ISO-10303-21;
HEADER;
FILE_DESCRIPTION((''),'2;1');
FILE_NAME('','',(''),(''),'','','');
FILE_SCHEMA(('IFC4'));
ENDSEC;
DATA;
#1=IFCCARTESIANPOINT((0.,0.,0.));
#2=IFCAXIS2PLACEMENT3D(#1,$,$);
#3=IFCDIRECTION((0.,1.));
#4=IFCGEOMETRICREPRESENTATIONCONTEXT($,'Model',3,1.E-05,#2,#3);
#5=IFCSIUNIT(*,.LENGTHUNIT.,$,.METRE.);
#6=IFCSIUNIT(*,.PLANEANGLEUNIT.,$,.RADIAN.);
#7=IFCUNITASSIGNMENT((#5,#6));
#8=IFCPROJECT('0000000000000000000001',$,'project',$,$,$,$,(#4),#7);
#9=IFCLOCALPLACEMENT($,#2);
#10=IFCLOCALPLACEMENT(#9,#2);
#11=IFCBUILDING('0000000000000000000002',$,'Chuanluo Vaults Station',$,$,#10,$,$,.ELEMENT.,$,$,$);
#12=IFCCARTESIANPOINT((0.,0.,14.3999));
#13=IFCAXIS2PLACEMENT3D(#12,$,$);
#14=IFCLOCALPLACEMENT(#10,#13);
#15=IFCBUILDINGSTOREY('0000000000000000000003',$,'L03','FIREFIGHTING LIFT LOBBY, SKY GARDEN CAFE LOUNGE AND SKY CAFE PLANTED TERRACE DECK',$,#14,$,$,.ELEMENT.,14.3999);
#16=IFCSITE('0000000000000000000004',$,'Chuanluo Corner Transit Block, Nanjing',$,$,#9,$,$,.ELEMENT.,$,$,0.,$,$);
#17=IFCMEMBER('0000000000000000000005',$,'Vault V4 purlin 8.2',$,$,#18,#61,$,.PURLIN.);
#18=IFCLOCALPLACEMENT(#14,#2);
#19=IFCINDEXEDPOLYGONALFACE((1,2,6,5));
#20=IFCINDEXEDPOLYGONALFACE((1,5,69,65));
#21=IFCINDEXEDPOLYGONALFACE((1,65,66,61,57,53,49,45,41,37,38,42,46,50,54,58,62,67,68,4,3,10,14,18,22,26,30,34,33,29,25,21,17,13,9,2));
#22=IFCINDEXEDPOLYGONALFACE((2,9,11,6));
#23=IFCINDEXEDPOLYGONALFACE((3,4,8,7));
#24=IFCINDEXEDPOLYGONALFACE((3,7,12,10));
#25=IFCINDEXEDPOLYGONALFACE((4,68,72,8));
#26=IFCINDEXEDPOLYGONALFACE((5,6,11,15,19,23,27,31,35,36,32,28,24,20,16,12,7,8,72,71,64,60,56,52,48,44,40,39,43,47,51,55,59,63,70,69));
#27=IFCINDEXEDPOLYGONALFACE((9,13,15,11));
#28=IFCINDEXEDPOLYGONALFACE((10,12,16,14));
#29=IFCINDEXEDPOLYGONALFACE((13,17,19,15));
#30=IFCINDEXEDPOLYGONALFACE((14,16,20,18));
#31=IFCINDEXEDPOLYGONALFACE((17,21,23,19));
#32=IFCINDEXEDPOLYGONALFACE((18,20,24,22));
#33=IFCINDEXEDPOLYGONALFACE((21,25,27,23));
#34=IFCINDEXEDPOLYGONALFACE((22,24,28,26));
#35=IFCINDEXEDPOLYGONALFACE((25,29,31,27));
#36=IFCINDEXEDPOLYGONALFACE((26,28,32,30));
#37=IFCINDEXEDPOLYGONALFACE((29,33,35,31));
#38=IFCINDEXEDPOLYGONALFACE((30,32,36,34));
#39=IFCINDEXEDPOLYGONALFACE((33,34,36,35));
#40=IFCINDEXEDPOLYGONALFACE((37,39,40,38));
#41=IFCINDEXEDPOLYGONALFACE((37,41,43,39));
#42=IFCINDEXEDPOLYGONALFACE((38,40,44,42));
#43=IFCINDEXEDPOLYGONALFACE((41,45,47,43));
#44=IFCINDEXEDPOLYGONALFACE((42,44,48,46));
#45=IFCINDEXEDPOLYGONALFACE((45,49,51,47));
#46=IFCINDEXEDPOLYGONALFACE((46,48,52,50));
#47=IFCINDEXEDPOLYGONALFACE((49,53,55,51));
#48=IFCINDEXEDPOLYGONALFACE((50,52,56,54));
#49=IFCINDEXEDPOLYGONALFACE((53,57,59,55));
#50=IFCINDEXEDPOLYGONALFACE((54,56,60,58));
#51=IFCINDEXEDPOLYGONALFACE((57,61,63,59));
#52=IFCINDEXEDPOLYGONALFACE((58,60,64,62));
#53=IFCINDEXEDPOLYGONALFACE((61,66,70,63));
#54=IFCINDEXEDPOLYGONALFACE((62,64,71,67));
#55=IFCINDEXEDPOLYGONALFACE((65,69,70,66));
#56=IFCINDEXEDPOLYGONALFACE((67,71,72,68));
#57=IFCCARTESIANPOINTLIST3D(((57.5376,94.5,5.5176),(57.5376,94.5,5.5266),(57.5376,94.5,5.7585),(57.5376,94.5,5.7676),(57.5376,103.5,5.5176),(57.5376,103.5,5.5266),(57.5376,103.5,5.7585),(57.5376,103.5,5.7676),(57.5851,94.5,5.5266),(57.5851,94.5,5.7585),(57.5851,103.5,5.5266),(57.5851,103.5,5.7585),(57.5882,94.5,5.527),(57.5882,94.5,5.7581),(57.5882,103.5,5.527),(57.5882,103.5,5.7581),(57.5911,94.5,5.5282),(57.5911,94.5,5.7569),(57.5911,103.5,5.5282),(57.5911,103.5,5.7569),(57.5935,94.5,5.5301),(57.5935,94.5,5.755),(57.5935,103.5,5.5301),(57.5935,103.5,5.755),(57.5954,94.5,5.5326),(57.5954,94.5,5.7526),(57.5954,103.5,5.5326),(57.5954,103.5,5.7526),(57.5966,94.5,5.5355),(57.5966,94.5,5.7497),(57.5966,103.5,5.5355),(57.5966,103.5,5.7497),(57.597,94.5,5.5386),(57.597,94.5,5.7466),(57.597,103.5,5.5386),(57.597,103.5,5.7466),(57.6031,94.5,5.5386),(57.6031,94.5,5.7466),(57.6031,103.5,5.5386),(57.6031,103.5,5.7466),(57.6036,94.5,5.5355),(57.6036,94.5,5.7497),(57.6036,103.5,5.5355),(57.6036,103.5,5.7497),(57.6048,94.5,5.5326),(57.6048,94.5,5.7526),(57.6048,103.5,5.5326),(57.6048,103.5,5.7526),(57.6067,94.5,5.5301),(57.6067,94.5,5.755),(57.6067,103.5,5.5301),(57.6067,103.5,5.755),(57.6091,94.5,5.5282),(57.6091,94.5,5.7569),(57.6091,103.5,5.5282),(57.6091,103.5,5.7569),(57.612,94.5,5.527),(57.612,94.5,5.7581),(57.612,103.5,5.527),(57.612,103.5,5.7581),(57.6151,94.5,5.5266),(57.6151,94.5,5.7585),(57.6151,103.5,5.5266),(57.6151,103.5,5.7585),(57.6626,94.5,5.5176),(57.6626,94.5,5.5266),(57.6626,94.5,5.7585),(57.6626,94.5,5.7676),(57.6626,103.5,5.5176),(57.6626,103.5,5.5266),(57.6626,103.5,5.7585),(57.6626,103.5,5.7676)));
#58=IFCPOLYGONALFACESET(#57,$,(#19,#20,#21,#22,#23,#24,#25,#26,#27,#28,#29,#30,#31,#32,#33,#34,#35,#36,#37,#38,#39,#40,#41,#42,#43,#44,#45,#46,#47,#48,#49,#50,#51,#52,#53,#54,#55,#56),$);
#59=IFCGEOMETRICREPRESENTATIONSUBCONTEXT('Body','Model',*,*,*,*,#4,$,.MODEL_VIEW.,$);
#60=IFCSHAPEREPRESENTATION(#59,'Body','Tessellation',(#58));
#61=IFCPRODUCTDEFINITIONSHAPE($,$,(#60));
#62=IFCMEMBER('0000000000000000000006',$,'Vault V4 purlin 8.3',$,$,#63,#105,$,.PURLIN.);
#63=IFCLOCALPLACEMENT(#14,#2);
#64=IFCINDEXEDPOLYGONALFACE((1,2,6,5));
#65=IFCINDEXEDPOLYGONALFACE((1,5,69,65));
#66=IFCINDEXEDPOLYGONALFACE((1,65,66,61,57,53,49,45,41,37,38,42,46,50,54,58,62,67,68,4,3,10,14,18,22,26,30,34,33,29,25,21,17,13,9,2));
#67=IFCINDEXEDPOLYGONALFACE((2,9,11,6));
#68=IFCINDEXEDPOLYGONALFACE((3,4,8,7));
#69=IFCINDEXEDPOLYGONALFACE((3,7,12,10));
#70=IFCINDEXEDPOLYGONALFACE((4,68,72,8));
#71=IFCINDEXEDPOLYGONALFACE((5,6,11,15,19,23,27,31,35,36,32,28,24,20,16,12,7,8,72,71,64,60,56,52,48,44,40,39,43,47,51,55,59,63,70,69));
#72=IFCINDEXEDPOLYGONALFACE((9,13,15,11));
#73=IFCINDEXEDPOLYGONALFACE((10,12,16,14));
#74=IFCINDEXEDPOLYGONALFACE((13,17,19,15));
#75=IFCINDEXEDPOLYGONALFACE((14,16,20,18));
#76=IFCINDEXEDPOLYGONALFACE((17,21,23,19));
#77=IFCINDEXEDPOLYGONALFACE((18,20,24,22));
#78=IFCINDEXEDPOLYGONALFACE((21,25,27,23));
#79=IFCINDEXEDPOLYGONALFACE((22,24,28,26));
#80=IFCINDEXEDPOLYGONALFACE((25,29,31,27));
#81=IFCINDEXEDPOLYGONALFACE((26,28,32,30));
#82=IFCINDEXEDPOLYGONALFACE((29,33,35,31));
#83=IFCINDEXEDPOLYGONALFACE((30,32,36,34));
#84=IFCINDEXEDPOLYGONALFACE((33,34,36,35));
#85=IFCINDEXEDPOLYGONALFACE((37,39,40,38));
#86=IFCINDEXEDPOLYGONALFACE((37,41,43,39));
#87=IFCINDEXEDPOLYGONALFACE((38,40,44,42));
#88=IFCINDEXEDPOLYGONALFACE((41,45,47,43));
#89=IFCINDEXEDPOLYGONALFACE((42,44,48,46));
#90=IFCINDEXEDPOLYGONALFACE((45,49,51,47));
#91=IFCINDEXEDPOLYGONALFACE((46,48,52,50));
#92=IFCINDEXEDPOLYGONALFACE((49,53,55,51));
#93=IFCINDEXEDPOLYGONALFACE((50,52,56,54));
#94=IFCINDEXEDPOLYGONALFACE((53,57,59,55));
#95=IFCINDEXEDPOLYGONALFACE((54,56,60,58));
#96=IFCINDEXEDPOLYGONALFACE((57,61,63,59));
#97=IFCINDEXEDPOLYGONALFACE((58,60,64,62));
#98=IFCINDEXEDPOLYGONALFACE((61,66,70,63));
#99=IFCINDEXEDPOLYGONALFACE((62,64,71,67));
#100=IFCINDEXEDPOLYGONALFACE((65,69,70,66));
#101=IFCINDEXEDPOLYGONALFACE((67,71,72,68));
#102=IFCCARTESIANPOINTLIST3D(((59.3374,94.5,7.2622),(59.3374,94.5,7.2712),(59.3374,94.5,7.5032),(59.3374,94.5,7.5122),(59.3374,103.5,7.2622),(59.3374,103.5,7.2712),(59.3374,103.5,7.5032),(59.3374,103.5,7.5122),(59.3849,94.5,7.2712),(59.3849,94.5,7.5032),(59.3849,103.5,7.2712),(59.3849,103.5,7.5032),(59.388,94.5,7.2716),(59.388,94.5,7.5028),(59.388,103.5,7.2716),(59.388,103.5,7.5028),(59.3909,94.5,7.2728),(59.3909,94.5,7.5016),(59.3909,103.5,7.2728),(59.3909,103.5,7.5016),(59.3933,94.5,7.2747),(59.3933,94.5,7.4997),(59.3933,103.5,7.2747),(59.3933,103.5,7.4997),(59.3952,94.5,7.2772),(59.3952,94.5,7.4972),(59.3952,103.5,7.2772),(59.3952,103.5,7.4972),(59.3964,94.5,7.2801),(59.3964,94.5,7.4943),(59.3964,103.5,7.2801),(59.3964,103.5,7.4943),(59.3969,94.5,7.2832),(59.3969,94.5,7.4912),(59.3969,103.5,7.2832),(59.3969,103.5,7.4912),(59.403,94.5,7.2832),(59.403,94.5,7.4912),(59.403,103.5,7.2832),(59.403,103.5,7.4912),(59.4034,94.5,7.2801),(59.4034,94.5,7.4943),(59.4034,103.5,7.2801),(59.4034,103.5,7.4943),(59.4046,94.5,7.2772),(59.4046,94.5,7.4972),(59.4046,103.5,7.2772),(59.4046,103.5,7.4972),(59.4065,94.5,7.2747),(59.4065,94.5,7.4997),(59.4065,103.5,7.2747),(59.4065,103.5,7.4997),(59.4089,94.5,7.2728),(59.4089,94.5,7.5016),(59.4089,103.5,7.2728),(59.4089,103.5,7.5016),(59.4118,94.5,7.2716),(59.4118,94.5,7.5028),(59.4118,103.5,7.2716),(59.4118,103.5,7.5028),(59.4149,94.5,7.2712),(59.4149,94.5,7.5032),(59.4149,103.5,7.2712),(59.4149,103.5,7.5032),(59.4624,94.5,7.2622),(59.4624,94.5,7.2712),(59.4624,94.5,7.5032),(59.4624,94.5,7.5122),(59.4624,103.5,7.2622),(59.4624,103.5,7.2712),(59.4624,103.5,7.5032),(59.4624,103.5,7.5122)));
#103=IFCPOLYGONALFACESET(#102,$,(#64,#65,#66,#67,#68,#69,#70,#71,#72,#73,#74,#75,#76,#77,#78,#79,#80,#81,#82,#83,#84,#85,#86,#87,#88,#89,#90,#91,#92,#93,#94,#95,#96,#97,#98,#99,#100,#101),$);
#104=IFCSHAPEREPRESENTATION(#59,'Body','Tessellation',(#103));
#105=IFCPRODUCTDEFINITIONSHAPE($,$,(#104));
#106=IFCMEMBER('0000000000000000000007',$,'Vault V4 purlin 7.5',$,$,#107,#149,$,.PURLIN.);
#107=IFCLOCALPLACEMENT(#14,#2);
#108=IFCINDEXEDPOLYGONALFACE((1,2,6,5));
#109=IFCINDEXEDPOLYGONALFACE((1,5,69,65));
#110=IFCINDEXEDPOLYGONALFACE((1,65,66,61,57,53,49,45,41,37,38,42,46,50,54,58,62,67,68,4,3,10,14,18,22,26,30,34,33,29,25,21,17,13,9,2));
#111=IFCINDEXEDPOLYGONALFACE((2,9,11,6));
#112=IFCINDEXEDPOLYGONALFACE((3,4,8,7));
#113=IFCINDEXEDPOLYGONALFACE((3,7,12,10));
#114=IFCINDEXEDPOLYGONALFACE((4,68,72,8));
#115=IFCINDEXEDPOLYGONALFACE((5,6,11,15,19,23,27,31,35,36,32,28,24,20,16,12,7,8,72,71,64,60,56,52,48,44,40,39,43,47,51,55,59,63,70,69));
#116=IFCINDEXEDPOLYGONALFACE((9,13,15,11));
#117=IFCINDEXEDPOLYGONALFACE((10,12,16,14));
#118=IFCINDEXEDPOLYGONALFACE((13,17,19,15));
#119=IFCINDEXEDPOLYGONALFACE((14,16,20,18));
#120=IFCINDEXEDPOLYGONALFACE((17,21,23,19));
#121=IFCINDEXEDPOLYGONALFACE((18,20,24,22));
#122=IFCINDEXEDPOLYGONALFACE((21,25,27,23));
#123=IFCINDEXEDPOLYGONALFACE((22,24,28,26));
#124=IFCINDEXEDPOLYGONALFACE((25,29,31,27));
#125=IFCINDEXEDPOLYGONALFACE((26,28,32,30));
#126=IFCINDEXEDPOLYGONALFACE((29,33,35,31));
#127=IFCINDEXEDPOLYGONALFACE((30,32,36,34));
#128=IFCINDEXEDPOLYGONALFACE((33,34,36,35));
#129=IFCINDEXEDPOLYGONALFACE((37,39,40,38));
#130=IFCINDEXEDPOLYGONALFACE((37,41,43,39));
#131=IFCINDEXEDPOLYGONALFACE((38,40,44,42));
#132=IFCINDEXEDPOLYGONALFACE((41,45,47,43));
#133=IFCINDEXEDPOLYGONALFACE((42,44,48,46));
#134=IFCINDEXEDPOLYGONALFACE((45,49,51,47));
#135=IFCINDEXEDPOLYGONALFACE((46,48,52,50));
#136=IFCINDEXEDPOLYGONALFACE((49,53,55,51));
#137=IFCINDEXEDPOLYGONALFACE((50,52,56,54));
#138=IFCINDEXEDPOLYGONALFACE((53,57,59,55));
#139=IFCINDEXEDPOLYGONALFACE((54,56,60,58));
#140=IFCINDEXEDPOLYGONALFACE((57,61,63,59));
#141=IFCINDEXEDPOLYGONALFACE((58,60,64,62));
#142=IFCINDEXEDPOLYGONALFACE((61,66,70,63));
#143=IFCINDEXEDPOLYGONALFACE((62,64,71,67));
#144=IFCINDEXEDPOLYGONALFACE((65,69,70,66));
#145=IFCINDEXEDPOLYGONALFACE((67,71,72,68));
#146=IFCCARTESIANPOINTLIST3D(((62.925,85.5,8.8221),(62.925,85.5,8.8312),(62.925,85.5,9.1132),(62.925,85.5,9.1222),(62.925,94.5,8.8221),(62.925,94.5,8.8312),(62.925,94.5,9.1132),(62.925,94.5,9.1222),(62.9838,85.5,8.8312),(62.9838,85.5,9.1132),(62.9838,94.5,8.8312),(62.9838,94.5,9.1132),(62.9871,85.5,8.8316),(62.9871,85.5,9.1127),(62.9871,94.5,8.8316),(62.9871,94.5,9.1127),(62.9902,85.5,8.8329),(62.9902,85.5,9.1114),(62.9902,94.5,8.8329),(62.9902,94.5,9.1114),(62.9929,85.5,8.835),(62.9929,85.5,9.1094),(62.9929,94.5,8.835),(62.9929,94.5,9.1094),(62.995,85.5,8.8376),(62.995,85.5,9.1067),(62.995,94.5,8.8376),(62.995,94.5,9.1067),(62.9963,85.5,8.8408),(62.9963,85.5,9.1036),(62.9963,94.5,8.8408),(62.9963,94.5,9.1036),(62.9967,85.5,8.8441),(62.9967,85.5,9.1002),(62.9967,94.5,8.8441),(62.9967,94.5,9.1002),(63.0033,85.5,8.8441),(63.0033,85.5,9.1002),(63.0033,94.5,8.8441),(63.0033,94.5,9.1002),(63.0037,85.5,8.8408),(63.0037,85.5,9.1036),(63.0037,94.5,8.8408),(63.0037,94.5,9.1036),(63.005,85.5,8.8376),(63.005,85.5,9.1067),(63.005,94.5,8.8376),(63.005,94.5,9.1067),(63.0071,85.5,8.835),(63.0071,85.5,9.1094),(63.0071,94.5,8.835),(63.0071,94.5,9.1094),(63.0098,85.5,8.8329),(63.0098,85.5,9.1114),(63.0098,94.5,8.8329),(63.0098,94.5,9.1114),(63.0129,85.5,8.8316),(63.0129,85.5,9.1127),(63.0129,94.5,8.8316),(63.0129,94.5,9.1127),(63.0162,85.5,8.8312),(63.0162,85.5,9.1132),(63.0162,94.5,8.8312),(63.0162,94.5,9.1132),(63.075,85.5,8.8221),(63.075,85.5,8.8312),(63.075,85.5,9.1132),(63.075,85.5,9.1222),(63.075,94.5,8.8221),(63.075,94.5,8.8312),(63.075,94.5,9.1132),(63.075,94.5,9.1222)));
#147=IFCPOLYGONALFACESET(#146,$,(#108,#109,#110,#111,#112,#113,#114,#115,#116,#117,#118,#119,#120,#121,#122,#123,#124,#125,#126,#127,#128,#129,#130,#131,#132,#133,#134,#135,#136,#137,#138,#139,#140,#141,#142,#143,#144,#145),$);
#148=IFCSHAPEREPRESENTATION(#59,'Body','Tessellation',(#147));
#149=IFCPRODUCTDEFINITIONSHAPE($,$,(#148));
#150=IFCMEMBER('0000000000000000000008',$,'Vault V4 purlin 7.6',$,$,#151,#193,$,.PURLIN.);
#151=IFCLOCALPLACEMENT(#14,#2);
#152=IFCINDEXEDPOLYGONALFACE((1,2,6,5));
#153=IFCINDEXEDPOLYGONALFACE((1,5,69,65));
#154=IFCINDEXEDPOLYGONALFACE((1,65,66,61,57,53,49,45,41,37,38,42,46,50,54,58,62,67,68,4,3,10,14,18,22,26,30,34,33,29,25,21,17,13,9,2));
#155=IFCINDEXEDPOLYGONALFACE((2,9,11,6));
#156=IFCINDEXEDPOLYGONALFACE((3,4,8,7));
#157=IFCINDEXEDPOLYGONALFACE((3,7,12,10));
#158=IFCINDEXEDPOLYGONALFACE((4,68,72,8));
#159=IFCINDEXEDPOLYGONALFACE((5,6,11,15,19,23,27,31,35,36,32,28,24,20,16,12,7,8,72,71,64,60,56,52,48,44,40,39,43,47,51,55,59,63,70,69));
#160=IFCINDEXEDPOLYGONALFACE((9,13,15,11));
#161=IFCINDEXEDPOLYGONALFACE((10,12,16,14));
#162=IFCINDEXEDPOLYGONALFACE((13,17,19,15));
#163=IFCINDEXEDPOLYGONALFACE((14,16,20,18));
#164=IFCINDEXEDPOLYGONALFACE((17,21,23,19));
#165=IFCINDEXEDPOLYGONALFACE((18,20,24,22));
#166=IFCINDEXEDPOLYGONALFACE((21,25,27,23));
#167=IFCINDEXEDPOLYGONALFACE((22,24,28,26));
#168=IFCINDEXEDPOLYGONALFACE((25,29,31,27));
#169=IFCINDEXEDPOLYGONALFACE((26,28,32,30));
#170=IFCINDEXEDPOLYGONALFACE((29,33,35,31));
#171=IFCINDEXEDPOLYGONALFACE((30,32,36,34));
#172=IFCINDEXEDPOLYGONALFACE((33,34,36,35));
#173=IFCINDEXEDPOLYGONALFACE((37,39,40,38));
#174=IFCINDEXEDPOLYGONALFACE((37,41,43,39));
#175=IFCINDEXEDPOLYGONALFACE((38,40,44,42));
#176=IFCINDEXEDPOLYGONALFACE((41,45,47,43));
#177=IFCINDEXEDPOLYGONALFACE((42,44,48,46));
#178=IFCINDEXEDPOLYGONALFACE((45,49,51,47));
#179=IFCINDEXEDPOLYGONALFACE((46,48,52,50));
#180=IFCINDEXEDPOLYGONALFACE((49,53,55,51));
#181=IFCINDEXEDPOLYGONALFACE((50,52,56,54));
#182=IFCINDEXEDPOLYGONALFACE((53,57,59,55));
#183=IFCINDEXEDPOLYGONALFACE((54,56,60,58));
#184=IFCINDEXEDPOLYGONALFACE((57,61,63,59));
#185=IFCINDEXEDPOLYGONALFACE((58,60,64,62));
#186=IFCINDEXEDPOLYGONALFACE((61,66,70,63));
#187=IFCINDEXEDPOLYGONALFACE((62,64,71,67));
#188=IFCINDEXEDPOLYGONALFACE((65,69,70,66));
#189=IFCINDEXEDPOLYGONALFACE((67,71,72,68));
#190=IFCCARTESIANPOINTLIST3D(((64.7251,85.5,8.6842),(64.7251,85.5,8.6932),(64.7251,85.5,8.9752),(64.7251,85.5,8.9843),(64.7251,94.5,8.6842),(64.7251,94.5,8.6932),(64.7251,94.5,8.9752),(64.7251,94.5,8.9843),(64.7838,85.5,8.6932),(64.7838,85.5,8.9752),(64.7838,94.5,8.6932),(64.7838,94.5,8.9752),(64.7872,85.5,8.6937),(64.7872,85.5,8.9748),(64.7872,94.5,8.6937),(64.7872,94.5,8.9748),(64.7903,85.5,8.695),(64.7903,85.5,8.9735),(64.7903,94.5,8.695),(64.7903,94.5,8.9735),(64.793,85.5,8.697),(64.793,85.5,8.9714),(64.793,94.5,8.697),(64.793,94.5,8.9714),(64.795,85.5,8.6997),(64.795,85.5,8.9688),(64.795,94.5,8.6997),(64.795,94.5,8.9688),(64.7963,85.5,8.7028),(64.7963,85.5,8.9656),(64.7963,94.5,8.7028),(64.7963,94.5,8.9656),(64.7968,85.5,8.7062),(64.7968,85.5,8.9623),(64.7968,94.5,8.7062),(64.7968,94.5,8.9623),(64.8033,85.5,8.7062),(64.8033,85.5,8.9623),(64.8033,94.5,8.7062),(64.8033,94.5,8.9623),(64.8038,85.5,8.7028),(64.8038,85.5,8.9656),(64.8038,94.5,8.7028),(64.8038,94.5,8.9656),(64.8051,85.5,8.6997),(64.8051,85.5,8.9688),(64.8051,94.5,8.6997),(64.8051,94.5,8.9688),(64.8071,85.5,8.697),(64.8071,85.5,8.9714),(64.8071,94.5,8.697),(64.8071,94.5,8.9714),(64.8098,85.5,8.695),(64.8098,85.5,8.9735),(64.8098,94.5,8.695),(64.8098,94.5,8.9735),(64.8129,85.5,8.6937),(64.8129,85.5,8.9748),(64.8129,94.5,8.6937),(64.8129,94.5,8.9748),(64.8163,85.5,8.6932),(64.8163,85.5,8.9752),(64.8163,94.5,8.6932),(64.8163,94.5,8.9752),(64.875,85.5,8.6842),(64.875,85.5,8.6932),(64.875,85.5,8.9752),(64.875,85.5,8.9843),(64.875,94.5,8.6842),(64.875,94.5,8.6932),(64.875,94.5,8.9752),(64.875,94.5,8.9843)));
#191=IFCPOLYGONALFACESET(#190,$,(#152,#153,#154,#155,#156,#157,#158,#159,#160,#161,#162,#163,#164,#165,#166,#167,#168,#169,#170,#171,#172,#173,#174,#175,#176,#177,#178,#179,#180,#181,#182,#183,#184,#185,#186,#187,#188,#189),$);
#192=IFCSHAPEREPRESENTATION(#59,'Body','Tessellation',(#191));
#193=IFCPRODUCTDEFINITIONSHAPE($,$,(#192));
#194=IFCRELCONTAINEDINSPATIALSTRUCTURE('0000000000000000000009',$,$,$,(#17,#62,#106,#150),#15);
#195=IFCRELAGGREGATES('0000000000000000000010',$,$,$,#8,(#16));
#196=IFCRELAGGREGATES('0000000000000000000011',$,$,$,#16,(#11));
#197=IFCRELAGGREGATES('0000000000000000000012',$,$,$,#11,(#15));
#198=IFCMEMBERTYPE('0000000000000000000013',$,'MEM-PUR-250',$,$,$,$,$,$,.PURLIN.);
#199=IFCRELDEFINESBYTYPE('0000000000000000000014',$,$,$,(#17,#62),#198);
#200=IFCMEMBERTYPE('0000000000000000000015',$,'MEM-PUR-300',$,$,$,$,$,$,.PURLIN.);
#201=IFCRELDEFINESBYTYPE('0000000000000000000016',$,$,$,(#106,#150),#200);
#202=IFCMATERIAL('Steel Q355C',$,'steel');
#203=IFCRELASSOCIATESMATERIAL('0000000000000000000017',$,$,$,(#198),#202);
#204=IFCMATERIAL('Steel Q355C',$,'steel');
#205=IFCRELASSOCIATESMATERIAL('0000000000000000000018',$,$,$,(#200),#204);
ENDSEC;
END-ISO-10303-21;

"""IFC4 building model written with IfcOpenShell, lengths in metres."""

from ifc_helpers import new_model, si_unit, direction, frame, origin, origin_2d, place, context, subcontext, project, spatial, i_section, extrude, material, material_profile, profile_set, type_object, element, save


model = new_model("IFC4")

# Units and contexts
model_context = context("Model", 3, precision=1e-05, world=origin(), true_north=direction((0.0, 1.0)))
body_context = subcontext(model_context, "Body", "Model", "MODEL_VIEW")
ifc_project = project(units=[si_unit("LENGTHUNIT", "METRE"), si_unit("PLANEANGLEUNIT", "RADIAN")], contexts=[model_context])

# Site, building, storey
site_placement = place(None, origin())
site = spatial("IfcSite", under=ifc_project, at=site_placement, Name="Chuanluo Corner Transit Block, Nanjing", CompositionType="ELEMENT", RefElevation=0.0)
building_placement = place(site_placement, origin())
building = spatial("IfcBuilding", under=site, at=building_placement, Name="Chuanluo Vaults Station", CompositionType="ELEMENT")
storey_placement = place(building_placement, frame((0.0, 0.0, 14.3999)))
storey = spatial("IfcBuildingStorey", under=building, at=storey_placement, Name="L03", Description="FIREFIGHTING LIFT LOBBY, SKY GARDEN CAFE LOUNGE AND SKY CAFE PLANTED TERRACE DECK", CompositionType="ELEMENT", Elevation=14.3999)

# Members
ifc_material_1 = material(Name="Steel Q355C", Category="steel")
ifc_material_profile_1 = material_profile(ifc_material_1, i_section(OverallWidth=0.125, OverallDepth=0.25, WebThickness=0.0061, FlangeThickness=0.009, FilletRadius=0.012, at=origin_2d()))
ifc_profile_set_1 = profile_set([ifc_material_profile_1], Name="Steel Q355C")
member_type_1 = type_object("IfcMemberType", Name="MEM-PUR-250", PredefinedType="PURLIN", material=ifc_profile_set_1)
for number, where, z_axis, x_axis, name in (
    (1, (57.6001, 94.5, 5.6426), (0.0, 1.0, 0.0), (-1.0, 0.0, 0.0), "Vault V4 purlin 8.2"),
    (2, (59.3999, 94.5, 7.3872), (0.0, 1.0, 0.0), (-1.0, 0.0, 0.0), "Vault V4 purlin 8.3"),
):
    element("IfcMember", number, at=place(storey_placement, frame(where, z_axis=z_axis, x_axis=x_axis)), inside=storey, type_object=member_type_1, Name=name, PredefinedType="PURLIN", context=body_context, shape_type="SweptSolid", body=[
        extrude(i_section(OverallWidth=0.125, OverallDepth=0.25, WebThickness=0.0061, FlangeThickness=0.009, FilletRadius=0.012, at=origin_2d()), origin(), (0.0, 0.0, 1.0), 9.0),
    ])
ifc_material_2 = material(Name="Steel Q355C", Category="steel")
ifc_material_profile_2 = material_profile(ifc_material_2, i_section(OverallWidth=0.1499, OverallDepth=0.3, WebThickness=0.0066, FlangeThickness=0.009, FilletRadius=0.0129, at=origin_2d()))
ifc_profile_set_2 = profile_set([ifc_material_profile_2], Name="Steel Q355C")
member_type_2 = type_object("IfcMemberType", Name="MEM-PUR-300", PredefinedType="PURLIN", material=ifc_profile_set_2)
for number, where, z_axis, x_axis, name in (
    (3, (63.0, 85.5, 8.9722), (0.0, 1.0, 0.0), (-1.0, 0.0, 0.0), "Vault V4 purlin 7.5"),
    (4, (64.8, 85.5, 8.8342), (0.0, 1.0, 0.0), (-1.0, 0.0, 0.0), "Vault V4 purlin 7.6"),
):
    element("IfcMember", number, at=place(storey_placement, frame(where, z_axis=z_axis, x_axis=x_axis)), inside=storey, type_object=member_type_2, Name=name, PredefinedType="PURLIN", context=body_context, shape_type="SweptSolid", body=[
        extrude(i_section(OverallWidth=0.1499, OverallDepth=0.3, WebThickness=0.0066, FlangeThickness=0.009, FilletRadius=0.0129, at=origin_2d()), origin(), (0.0, 0.0, 1.0), 9.0),
    ])

save(model, "model.ifc")
